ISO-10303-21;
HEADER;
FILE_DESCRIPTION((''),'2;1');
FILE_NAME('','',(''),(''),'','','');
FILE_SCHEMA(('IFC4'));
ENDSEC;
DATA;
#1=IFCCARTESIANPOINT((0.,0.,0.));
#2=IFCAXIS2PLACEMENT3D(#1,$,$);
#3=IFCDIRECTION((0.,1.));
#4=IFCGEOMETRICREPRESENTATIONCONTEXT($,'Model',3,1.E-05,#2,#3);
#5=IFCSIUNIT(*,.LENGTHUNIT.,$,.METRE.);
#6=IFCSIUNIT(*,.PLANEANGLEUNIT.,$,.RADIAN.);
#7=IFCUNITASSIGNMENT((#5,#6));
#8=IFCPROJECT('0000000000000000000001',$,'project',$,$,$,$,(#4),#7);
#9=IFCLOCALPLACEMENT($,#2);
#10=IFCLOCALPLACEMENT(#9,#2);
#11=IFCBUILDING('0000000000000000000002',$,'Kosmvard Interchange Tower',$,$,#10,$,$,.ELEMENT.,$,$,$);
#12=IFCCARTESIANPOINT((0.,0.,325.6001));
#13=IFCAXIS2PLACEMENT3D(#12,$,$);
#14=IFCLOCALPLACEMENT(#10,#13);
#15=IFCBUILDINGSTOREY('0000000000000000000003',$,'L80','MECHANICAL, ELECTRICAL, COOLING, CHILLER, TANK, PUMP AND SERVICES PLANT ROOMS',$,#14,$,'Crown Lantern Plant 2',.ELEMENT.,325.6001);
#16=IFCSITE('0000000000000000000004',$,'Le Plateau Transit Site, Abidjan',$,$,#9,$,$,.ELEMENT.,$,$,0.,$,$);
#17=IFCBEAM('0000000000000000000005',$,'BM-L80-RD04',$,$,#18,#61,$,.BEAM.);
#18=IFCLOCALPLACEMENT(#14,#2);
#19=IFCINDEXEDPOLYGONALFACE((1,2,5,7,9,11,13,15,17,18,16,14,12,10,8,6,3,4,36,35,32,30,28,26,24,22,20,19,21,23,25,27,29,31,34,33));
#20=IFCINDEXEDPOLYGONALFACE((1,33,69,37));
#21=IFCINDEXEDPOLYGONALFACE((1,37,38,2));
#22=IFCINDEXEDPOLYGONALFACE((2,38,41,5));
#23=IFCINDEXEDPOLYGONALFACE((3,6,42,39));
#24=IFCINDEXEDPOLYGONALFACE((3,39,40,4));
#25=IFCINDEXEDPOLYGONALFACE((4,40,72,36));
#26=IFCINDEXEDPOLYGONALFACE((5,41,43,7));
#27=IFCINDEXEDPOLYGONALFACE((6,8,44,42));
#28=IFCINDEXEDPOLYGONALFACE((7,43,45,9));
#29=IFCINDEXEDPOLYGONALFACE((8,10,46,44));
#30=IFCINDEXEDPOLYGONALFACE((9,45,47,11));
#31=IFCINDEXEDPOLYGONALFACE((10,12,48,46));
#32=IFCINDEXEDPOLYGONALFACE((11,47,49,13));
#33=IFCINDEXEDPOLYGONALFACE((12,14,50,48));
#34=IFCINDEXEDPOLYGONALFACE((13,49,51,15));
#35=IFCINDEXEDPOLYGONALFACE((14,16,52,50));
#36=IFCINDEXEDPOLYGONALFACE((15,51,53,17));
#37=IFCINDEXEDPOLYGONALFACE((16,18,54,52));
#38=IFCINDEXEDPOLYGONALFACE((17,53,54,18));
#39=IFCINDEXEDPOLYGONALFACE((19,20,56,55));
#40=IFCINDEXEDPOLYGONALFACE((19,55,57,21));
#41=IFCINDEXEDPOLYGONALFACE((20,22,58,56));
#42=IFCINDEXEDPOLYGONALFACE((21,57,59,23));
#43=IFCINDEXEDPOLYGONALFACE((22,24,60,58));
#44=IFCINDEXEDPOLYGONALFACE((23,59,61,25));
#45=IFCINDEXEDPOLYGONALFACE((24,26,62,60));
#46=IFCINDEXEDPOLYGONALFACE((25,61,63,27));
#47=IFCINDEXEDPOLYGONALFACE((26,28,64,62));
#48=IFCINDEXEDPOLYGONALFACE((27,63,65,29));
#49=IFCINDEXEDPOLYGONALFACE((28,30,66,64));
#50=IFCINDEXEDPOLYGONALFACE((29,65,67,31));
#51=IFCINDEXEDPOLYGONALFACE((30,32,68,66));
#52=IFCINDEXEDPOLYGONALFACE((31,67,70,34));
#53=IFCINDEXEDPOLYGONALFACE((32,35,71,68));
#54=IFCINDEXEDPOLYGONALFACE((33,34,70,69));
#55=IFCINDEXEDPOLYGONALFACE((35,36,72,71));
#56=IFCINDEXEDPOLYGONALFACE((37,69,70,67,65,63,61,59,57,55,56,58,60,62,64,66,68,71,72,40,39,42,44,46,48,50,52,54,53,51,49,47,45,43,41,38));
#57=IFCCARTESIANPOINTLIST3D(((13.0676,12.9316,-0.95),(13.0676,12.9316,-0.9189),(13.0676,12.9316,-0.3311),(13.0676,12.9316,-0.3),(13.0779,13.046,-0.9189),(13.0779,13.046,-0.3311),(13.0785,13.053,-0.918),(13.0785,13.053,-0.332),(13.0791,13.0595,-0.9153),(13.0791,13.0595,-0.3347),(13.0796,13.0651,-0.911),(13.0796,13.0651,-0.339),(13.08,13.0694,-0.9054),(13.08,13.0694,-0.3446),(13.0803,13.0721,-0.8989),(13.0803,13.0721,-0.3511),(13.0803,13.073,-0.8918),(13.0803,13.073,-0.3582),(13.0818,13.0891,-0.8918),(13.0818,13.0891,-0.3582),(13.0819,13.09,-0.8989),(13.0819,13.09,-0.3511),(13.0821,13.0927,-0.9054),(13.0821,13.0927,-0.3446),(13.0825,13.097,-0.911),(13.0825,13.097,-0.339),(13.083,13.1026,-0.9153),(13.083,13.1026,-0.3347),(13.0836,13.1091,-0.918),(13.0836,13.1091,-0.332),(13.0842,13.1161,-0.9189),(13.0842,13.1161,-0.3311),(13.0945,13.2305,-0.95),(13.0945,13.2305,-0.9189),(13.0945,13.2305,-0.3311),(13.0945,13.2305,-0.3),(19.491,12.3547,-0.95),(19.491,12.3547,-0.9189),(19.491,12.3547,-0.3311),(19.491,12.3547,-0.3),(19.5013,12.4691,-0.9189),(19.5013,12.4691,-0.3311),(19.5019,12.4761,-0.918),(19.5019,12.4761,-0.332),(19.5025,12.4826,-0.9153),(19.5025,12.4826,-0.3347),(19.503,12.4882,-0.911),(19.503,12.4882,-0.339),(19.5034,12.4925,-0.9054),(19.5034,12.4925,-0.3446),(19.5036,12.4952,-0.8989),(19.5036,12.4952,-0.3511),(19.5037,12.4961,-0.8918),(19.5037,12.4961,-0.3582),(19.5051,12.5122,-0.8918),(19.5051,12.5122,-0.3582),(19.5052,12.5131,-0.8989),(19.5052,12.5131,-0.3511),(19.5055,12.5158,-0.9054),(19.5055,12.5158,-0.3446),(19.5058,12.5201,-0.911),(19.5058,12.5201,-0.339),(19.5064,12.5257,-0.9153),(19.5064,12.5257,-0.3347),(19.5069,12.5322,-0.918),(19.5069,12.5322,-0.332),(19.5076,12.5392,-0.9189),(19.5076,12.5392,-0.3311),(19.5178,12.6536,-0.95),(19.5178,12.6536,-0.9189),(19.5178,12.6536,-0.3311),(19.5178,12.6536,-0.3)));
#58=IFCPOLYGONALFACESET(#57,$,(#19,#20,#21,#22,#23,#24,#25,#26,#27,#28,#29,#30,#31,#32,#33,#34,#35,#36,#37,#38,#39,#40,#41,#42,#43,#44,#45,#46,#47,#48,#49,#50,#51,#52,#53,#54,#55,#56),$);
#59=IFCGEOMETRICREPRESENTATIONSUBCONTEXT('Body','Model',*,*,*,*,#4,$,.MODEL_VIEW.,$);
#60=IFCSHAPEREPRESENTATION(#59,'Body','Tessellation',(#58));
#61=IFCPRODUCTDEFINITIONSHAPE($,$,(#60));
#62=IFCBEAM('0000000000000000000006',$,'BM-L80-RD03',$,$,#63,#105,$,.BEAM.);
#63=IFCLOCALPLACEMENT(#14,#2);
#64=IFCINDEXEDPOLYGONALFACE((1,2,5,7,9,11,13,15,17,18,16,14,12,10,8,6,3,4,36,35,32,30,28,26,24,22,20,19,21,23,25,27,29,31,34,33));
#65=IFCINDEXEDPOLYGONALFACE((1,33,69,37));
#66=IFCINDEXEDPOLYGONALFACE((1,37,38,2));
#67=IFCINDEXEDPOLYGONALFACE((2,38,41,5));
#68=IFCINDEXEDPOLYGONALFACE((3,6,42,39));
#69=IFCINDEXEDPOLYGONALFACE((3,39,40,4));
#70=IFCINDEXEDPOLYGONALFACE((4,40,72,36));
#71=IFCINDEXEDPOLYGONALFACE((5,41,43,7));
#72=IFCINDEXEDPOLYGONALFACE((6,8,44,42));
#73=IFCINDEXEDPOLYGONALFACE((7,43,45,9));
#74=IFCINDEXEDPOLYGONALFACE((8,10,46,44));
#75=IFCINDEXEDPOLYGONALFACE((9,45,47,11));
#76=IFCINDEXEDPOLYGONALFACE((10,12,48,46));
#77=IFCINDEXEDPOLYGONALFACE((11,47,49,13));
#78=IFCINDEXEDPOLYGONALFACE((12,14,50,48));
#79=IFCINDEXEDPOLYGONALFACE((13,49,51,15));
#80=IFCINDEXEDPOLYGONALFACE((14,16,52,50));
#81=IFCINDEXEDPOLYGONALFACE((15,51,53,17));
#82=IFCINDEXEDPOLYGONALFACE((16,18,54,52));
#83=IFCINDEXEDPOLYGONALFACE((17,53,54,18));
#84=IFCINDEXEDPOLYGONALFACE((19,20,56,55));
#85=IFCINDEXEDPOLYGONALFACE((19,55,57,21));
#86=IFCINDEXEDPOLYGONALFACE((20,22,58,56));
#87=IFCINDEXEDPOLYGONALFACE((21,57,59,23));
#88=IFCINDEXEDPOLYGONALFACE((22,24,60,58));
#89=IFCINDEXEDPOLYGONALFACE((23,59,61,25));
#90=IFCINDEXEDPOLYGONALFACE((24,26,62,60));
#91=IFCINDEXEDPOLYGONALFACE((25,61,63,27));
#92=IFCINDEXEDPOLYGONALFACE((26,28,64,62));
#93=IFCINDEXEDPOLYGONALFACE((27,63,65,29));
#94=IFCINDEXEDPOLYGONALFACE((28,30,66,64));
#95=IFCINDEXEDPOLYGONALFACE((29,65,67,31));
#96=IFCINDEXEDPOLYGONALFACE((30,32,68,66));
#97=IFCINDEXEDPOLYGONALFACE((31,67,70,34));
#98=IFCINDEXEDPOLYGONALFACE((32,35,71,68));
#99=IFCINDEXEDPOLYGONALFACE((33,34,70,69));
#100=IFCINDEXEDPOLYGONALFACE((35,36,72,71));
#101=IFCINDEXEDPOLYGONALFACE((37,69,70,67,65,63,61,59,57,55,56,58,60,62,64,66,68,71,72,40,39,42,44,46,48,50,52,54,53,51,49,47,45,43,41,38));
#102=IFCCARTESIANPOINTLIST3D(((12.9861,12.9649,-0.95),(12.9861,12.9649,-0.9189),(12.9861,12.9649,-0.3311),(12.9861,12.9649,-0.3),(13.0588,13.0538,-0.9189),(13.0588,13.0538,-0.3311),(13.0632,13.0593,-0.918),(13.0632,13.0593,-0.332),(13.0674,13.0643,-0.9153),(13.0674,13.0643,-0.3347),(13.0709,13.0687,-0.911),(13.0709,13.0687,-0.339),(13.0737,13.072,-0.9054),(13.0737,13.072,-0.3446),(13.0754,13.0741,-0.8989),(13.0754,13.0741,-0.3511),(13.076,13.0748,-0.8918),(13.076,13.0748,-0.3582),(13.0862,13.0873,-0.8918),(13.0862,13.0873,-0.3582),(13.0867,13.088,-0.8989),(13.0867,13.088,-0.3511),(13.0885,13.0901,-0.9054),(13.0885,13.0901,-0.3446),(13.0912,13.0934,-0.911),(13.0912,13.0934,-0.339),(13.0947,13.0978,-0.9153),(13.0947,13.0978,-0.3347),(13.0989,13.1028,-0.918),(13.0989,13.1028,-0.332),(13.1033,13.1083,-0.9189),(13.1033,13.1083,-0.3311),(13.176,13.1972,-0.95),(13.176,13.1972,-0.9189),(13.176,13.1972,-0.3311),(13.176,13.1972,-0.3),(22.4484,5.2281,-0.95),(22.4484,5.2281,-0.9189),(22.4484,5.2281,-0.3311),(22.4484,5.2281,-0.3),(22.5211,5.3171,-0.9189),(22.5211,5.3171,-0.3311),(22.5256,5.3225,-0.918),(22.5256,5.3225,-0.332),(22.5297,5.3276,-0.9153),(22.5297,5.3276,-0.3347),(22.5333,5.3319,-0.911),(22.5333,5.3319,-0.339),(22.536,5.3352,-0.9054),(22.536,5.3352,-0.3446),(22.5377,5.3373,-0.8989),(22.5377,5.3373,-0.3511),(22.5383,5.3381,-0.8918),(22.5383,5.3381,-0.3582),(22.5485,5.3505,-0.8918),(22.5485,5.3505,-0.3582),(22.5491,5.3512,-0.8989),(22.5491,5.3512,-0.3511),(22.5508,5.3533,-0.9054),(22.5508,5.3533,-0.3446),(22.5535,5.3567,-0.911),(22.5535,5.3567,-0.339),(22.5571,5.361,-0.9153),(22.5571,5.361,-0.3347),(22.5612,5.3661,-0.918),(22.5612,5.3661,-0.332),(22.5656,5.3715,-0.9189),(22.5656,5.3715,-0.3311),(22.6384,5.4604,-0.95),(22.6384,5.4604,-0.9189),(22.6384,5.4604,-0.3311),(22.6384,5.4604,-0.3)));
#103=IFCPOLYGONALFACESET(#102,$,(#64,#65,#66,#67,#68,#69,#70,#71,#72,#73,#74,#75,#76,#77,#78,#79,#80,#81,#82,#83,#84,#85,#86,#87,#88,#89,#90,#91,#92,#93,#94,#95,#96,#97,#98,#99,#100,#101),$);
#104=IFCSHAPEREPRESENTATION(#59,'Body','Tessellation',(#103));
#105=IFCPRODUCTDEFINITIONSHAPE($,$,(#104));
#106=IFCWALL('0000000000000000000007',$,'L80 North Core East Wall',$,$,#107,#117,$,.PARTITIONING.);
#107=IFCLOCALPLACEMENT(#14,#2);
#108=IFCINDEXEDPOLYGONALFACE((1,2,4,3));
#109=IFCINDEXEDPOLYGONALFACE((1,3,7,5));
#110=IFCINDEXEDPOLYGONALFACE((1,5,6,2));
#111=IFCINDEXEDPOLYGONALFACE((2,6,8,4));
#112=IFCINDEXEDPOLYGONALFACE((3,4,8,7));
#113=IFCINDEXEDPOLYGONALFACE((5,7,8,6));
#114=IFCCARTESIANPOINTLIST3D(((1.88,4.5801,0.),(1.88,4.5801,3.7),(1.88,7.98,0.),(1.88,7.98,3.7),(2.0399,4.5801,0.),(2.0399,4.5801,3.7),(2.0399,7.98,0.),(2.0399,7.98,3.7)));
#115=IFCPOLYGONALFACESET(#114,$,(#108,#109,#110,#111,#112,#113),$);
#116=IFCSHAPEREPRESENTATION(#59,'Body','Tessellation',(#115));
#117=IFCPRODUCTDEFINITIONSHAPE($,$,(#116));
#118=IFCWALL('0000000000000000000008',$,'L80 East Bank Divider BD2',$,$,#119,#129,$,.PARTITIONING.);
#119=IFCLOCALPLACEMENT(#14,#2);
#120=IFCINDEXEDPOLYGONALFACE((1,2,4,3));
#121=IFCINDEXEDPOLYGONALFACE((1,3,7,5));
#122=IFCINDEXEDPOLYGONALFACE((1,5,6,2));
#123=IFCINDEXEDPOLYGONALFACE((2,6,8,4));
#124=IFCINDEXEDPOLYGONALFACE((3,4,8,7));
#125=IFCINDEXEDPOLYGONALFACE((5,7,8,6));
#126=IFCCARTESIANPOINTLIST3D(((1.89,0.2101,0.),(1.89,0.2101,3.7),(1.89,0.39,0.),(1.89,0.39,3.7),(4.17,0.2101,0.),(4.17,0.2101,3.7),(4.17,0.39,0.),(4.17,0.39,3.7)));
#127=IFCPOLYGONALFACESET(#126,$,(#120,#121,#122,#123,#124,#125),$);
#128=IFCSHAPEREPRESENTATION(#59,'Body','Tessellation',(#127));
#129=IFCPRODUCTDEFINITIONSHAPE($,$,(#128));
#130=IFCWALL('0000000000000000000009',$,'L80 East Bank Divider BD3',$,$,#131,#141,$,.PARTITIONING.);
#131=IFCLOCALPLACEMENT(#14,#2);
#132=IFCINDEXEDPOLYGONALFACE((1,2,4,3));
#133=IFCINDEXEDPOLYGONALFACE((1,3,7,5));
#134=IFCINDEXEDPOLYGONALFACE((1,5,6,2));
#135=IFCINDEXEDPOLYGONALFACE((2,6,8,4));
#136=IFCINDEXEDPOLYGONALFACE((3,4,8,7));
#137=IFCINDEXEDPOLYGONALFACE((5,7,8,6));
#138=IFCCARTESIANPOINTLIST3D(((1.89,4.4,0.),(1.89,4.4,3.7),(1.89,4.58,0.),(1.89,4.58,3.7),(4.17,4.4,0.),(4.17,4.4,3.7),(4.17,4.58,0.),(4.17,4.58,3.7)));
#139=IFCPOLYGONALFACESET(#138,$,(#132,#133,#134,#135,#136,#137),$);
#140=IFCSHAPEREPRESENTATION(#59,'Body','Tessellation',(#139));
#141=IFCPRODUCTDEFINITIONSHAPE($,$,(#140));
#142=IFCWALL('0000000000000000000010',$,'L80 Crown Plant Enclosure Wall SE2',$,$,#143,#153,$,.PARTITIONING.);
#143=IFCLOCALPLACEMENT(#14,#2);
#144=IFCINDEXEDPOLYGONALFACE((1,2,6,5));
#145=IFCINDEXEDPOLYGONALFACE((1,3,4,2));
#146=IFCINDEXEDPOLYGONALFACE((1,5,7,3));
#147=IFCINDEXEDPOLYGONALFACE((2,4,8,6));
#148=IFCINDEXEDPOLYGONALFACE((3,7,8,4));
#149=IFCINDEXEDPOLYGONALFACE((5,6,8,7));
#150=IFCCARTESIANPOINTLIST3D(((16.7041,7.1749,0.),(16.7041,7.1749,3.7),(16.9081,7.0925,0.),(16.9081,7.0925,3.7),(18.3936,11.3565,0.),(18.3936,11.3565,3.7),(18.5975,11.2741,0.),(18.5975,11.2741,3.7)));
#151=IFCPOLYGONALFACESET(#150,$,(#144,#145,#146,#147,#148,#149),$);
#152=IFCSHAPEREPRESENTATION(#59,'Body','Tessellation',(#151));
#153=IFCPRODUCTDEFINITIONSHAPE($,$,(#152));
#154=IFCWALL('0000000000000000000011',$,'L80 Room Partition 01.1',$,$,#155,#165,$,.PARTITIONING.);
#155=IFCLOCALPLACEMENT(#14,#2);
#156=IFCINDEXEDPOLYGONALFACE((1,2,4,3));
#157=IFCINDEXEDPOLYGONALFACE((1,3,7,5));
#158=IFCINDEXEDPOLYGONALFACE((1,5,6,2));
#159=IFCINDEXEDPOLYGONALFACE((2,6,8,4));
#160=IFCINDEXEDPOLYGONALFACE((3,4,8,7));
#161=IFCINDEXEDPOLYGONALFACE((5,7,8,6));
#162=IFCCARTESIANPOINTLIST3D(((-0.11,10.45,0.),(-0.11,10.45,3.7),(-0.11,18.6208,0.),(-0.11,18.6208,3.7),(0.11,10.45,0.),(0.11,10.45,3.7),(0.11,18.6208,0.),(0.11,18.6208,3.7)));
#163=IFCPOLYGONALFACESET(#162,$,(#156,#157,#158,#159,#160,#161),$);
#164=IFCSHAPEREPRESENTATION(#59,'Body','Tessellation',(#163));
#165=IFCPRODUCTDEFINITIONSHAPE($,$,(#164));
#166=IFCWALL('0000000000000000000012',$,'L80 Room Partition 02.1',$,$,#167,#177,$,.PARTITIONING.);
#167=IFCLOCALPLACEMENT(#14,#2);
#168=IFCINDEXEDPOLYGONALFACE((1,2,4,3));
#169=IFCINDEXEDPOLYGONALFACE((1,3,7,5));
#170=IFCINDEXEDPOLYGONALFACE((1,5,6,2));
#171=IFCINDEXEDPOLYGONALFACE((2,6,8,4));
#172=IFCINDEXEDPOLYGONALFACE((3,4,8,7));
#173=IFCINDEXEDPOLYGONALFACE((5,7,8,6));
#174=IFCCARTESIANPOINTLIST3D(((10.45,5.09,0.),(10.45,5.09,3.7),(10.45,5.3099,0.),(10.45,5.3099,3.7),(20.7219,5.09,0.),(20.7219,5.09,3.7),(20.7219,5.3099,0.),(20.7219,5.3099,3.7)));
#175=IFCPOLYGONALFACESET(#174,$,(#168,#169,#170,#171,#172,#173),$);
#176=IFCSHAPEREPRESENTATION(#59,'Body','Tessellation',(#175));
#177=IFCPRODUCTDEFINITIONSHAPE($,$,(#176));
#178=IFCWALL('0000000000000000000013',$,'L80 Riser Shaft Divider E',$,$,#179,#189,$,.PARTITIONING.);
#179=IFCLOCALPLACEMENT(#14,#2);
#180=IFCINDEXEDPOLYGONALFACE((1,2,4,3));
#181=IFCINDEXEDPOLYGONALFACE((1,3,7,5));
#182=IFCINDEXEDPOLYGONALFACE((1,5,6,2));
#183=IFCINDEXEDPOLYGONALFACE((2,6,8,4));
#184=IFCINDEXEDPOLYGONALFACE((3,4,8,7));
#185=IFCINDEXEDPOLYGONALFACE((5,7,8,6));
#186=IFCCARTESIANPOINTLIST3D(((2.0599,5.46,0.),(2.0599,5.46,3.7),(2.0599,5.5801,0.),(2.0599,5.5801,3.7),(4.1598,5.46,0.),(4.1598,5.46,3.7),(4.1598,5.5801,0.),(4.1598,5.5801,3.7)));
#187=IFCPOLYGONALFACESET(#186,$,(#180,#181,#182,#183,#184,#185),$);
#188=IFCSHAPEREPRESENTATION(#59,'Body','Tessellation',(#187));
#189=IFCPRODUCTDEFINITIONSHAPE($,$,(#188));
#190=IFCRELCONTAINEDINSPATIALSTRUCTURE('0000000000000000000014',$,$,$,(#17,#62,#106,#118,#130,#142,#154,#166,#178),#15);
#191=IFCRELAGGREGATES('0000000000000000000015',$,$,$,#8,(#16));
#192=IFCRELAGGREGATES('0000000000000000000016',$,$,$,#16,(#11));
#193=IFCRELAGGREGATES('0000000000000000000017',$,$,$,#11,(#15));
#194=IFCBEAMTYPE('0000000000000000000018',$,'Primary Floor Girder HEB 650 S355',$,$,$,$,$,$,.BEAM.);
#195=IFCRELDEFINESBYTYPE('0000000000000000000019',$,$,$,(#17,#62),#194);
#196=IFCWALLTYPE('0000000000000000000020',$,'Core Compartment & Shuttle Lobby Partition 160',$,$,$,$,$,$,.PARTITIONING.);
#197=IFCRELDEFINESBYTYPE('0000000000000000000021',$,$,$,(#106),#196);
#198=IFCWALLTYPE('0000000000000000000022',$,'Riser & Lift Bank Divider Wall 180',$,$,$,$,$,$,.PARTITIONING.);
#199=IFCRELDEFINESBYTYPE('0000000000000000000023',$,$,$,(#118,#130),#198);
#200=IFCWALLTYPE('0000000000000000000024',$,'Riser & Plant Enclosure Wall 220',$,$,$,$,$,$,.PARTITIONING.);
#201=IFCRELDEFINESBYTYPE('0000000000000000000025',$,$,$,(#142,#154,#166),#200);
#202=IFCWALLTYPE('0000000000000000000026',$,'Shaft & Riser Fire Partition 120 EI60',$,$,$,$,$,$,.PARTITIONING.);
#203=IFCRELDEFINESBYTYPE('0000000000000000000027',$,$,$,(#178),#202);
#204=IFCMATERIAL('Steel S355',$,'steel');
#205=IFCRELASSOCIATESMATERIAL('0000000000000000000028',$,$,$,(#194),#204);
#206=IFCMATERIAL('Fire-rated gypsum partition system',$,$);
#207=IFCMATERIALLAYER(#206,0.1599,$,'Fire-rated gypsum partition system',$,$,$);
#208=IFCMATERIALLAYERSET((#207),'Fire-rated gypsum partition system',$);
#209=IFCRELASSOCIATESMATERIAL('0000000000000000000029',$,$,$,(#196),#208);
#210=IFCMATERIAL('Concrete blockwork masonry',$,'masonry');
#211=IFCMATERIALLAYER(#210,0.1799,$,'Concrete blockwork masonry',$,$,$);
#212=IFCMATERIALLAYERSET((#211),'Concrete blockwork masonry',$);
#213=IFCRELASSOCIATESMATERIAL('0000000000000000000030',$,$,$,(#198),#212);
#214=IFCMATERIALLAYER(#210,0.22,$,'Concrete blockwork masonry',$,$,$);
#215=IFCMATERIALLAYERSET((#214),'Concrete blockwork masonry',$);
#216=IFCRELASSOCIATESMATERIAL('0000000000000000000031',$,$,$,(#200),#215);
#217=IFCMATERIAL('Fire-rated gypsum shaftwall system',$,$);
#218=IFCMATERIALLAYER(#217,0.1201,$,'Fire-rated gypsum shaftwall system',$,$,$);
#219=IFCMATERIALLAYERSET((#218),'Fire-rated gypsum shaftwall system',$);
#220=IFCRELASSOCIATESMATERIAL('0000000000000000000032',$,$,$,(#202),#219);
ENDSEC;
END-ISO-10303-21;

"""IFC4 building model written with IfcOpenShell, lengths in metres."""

from ifc_helpers import new_model, si_unit, direction, frame, frame_2d, origin, origin_2d, place, context, subcontext, project, spatial, rectangle, i_section, extrude, source, transform, mapped, material, layer, layer_set, material_profile, profile_set, type_object, element, save


model = new_model("IFC4")

# Units and contexts
model_context = context("Model", 3, precision=1e-05, world=origin(), true_north=direction((0.0, 1.0)))
body_context = subcontext(model_context, "Body", "Model", "MODEL_VIEW")
ifc_project = project(units=[si_unit("LENGTHUNIT", "METRE"), si_unit("PLANEANGLEUNIT", "RADIAN")], contexts=[model_context])

# Site, building, storey
site_placement = place(None, origin())
site = spatial("IfcSite", under=ifc_project, at=site_placement, Name="Le Plateau Transit Site, Abidjan", CompositionType="ELEMENT", RefElevation=0.0)
building_placement = place(site_placement, origin())
building = spatial("IfcBuilding", under=site, at=building_placement, Name="Kosmvard Interchange Tower", CompositionType="ELEMENT")
storey_placement = place(building_placement, frame((0.0, 0.0, 325.6001)))
storey = spatial("IfcBuildingStorey", under=building, at=storey_placement, Name="L80", Description="MECHANICAL, ELECTRICAL, COOLING, CHILLER, TANK, PUMP AND SERVICES PLANT ROOMS", LongName="Crown Lantern Plant 2", CompositionType="ELEMENT", Elevation=325.6001)

# Beams
ifc_material_1 = material(Name="Steel S355", Category="steel")
ifc_material_profile_1 = material_profile(ifc_material_1, i_section(OverallWidth=0.3, OverallDepth=0.6499, WebThickness=0.0161, FlangeThickness=0.031, FilletRadius=0.0271, at=origin_2d()), Name="HEB 650")
ifc_profile_set_1 = profile_set([ifc_material_profile_1], Name="Steel S355")
beam_type_1 = type_object("IfcBeamType", Name="Primary Floor Girder HEB 650 S355", PredefinedType="BEAM", material=ifc_profile_set_1)
shared_shape_1 = source(origin(), body_context, "Body", "SweptSolid", [
    extrude(i_section(OverallWidth=0.3, OverallDepth=0.6499, WebThickness=0.0161, FlangeThickness=0.031, FilletRadius=0.0271, at=origin_2d()), origin(), (0.0, 0.0, 1.0), 6.4492),
])
beam_1_placement = place(storey_placement, frame((13.0811, 13.0811, -0.625), z_axis=(0.995991, -0.089454, 0.0), x_axis=(0.089454, 0.995991, 0.0)))
element("IfcBeam", 1, at=beam_1_placement, inside=storey, type_object=beam_type_1, Name="BM-L80-RD04", PredefinedType="BEAM", context=body_context, shape_type="MappedRepresentation", body=[
    mapped(shared_shape_1, transform((0.0, 0.0, 0.0), scale=1.0)),
])
shared_shape_2 = source(origin(), body_context, "Body", "SweptSolid", [
    extrude(i_section(OverallWidth=0.3, OverallDepth=0.6499, WebThickness=0.0161, FlangeThickness=0.031, FilletRadius=0.0271, at=origin_2d()), origin(), (0.0, 0.0, 1.0), 12.2227),
])
beam_2_placement = place(storey_placement, frame((13.0811, 13.0811, -0.625), z_axis=(0.774164, -0.632985, 0.0), x_axis=(0.632985, 0.774164, 0.0)))
element("IfcBeam", 2, at=beam_2_placement, inside=storey, type_object=beam_type_1, Name="BM-L80-RD03", PredefinedType="BEAM", context=body_context, shape_type="MappedRepresentation", body=[
    mapped(shared_shape_2, transform((0.0, 0.0, 0.0), scale=1.0)),
])

# Walls
ifc_material_2 = material(Name="Fire-rated gypsum partition system")
ifc_layer_1 = layer(ifc_material_2, 0.1599, Name="Fire-rated gypsum partition system")
ifc_layer_set_1 = layer_set([ifc_layer_1], Name="Fire-rated gypsum partition system")
wall_type_1 = type_object("IfcWallType", Name="Core Compartment & Shuttle Lobby Partition 160", PredefinedType="PARTITIONING", material=ifc_layer_set_1)
wall_1_placement = place(storey_placement, frame((1.96, 4.5801, 0.0), z_axis=(0.0, 0.0, 1.0), x_axis=(0.0, 1.0, 0.0)))
element("IfcWall", 3, at=wall_1_placement, inside=storey, type_object=wall_type_1, Name="L80 North Core East Wall", PredefinedType="PARTITIONING", context=body_context, shape_type="SweptSolid", body=[
    extrude(rectangle(XDim=3.3999, YDim=0.1599, at=frame_2d((1.7, 0.0))), origin(), (0.0, 0.0, 1.0), 3.7),
])
ifc_material_3 = material(Name="Concrete blockwork masonry", Category="masonry")
ifc_layer_2 = layer(ifc_material_3, 0.1799, Name="Concrete blockwork masonry")
ifc_layer_set_2 = layer_set([ifc_layer_2], Name="Concrete blockwork masonry")
wall_type_2 = type_object("IfcWallType", Name="Riser & Lift Bank Divider Wall 180", PredefinedType="PARTITIONING", material=ifc_layer_set_2)
for number, where, z_axis, x_axis, name in (
    (4, (1.8899, 0.3, 0.0), (0.0, 0.0, 1.0), (1.0, 0.0, 0.0), "L80 East Bank Divider BD2"),
    (5, (1.8899, 4.49, 0.0), (0.0, 0.0, 1.0), (1.0, 0.0, 0.0), "L80 East Bank Divider BD3"),
):
    element("IfcWall", number, at=place(storey_placement, frame(where, z_axis=z_axis, x_axis=x_axis)), inside=storey, type_object=wall_type_2, Name=name, PredefinedType="PARTITIONING", context=body_context, shape_type="SweptSolid", body=[
        extrude(rectangle(XDim=2.28, YDim=0.1799, at=frame_2d((1.1401, 0.0))), origin(), (0.0, 0.0, 1.0), 3.7),
    ])
ifc_layer_3 = layer(ifc_material_3, 0.22, Name="Concrete blockwork masonry")
ifc_layer_set_3 = layer_set([ifc_layer_3], Name="Concrete blockwork masonry")
wall_type_3 = type_object("IfcWallType", Name="Riser & Plant Enclosure Wall 220", PredefinedType="PARTITIONING", material=ifc_layer_set_3)
wall_2_placement = place(storey_placement, frame((16.8062, 7.1338, 0.0), z_axis=(0.0, 0.0, 1.0), x_axis=(0.374599, 0.927187, 0.0)))
element("IfcWall", 6, at=wall_2_placement, inside=storey, type_object=wall_type_3, Name="L80 Crown Plant Enclosure Wall SE2", PredefinedType="PARTITIONING", context=body_context, shape_type="SweptSolid", body=[
    extrude(rectangle(XDim=4.51, YDim=0.22, at=frame_2d((2.2549, 0.0))), origin(), (0.0, 0.0, 1.0), 3.7),
])
wall_3_placement = place(storey_placement, frame((0.0, 10.45, 0.0), z_axis=(0.0, 0.0, 1.0), x_axis=(0.0, 1.0, 0.0)))
element("IfcWall", 7, at=wall_3_placement, inside=storey, type_object=wall_type_3, Name="L80 Room Partition 01.1", PredefinedType="PARTITIONING", context=body_context, shape_type="SweptSolid", body=[
    extrude(rectangle(XDim=8.1709, YDim=0.22, at=frame_2d((4.0854, 0.0))), origin(), (0.0, 0.0, 1.0), 3.7),
])
wall_4_placement = place(storey_placement, frame((10.45, 5.2, 0.0), z_axis=(0.0, 0.0, 1.0), x_axis=(1.0, 0.0, 0.0)))
element("IfcWall", 8, at=wall_4_placement, inside=storey, type_object=wall_type_3, Name="L80 Room Partition 02.1", PredefinedType="PARTITIONING", context=body_context, shape_type="SweptSolid", body=[
    extrude(rectangle(XDim=10.272, YDim=0.22, at=frame_2d((5.136, 0.0))), origin(), (0.0, 0.0, 1.0), 3.7),
])
ifc_material_4 = material(Name="Fire-rated gypsum shaftwall system")
ifc_layer_4 = layer(ifc_material_4, 0.1201, Name="Fire-rated gypsum shaftwall system")
ifc_layer_set_4 = layer_set([ifc_layer_4], Name="Fire-rated gypsum shaftwall system")
wall_type_4 = type_object("IfcWallType", Name="Shaft & Riser Fire Partition 120 EI60", PredefinedType="PARTITIONING", material=ifc_layer_set_4)
wall_5_placement = place(storey_placement, frame((2.0601, 5.52, 0.0), z_axis=(0.0, 0.0, 1.0), x_axis=(1.0, 0.0, 0.0)))
element("IfcWall", 9, at=wall_5_placement, inside=storey, type_object=wall_type_4, Name="L80 Riser Shaft Divider E", PredefinedType="PARTITIONING", context=body_context, shape_type="SweptSolid", body=[
    extrude(rectangle(XDim=2.0999, YDim=0.1201, at=frame_2d((1.0498, 0.0))), origin(), (0.0, 0.0, 1.0), 3.7),
])

save(model, "model.ifc")
